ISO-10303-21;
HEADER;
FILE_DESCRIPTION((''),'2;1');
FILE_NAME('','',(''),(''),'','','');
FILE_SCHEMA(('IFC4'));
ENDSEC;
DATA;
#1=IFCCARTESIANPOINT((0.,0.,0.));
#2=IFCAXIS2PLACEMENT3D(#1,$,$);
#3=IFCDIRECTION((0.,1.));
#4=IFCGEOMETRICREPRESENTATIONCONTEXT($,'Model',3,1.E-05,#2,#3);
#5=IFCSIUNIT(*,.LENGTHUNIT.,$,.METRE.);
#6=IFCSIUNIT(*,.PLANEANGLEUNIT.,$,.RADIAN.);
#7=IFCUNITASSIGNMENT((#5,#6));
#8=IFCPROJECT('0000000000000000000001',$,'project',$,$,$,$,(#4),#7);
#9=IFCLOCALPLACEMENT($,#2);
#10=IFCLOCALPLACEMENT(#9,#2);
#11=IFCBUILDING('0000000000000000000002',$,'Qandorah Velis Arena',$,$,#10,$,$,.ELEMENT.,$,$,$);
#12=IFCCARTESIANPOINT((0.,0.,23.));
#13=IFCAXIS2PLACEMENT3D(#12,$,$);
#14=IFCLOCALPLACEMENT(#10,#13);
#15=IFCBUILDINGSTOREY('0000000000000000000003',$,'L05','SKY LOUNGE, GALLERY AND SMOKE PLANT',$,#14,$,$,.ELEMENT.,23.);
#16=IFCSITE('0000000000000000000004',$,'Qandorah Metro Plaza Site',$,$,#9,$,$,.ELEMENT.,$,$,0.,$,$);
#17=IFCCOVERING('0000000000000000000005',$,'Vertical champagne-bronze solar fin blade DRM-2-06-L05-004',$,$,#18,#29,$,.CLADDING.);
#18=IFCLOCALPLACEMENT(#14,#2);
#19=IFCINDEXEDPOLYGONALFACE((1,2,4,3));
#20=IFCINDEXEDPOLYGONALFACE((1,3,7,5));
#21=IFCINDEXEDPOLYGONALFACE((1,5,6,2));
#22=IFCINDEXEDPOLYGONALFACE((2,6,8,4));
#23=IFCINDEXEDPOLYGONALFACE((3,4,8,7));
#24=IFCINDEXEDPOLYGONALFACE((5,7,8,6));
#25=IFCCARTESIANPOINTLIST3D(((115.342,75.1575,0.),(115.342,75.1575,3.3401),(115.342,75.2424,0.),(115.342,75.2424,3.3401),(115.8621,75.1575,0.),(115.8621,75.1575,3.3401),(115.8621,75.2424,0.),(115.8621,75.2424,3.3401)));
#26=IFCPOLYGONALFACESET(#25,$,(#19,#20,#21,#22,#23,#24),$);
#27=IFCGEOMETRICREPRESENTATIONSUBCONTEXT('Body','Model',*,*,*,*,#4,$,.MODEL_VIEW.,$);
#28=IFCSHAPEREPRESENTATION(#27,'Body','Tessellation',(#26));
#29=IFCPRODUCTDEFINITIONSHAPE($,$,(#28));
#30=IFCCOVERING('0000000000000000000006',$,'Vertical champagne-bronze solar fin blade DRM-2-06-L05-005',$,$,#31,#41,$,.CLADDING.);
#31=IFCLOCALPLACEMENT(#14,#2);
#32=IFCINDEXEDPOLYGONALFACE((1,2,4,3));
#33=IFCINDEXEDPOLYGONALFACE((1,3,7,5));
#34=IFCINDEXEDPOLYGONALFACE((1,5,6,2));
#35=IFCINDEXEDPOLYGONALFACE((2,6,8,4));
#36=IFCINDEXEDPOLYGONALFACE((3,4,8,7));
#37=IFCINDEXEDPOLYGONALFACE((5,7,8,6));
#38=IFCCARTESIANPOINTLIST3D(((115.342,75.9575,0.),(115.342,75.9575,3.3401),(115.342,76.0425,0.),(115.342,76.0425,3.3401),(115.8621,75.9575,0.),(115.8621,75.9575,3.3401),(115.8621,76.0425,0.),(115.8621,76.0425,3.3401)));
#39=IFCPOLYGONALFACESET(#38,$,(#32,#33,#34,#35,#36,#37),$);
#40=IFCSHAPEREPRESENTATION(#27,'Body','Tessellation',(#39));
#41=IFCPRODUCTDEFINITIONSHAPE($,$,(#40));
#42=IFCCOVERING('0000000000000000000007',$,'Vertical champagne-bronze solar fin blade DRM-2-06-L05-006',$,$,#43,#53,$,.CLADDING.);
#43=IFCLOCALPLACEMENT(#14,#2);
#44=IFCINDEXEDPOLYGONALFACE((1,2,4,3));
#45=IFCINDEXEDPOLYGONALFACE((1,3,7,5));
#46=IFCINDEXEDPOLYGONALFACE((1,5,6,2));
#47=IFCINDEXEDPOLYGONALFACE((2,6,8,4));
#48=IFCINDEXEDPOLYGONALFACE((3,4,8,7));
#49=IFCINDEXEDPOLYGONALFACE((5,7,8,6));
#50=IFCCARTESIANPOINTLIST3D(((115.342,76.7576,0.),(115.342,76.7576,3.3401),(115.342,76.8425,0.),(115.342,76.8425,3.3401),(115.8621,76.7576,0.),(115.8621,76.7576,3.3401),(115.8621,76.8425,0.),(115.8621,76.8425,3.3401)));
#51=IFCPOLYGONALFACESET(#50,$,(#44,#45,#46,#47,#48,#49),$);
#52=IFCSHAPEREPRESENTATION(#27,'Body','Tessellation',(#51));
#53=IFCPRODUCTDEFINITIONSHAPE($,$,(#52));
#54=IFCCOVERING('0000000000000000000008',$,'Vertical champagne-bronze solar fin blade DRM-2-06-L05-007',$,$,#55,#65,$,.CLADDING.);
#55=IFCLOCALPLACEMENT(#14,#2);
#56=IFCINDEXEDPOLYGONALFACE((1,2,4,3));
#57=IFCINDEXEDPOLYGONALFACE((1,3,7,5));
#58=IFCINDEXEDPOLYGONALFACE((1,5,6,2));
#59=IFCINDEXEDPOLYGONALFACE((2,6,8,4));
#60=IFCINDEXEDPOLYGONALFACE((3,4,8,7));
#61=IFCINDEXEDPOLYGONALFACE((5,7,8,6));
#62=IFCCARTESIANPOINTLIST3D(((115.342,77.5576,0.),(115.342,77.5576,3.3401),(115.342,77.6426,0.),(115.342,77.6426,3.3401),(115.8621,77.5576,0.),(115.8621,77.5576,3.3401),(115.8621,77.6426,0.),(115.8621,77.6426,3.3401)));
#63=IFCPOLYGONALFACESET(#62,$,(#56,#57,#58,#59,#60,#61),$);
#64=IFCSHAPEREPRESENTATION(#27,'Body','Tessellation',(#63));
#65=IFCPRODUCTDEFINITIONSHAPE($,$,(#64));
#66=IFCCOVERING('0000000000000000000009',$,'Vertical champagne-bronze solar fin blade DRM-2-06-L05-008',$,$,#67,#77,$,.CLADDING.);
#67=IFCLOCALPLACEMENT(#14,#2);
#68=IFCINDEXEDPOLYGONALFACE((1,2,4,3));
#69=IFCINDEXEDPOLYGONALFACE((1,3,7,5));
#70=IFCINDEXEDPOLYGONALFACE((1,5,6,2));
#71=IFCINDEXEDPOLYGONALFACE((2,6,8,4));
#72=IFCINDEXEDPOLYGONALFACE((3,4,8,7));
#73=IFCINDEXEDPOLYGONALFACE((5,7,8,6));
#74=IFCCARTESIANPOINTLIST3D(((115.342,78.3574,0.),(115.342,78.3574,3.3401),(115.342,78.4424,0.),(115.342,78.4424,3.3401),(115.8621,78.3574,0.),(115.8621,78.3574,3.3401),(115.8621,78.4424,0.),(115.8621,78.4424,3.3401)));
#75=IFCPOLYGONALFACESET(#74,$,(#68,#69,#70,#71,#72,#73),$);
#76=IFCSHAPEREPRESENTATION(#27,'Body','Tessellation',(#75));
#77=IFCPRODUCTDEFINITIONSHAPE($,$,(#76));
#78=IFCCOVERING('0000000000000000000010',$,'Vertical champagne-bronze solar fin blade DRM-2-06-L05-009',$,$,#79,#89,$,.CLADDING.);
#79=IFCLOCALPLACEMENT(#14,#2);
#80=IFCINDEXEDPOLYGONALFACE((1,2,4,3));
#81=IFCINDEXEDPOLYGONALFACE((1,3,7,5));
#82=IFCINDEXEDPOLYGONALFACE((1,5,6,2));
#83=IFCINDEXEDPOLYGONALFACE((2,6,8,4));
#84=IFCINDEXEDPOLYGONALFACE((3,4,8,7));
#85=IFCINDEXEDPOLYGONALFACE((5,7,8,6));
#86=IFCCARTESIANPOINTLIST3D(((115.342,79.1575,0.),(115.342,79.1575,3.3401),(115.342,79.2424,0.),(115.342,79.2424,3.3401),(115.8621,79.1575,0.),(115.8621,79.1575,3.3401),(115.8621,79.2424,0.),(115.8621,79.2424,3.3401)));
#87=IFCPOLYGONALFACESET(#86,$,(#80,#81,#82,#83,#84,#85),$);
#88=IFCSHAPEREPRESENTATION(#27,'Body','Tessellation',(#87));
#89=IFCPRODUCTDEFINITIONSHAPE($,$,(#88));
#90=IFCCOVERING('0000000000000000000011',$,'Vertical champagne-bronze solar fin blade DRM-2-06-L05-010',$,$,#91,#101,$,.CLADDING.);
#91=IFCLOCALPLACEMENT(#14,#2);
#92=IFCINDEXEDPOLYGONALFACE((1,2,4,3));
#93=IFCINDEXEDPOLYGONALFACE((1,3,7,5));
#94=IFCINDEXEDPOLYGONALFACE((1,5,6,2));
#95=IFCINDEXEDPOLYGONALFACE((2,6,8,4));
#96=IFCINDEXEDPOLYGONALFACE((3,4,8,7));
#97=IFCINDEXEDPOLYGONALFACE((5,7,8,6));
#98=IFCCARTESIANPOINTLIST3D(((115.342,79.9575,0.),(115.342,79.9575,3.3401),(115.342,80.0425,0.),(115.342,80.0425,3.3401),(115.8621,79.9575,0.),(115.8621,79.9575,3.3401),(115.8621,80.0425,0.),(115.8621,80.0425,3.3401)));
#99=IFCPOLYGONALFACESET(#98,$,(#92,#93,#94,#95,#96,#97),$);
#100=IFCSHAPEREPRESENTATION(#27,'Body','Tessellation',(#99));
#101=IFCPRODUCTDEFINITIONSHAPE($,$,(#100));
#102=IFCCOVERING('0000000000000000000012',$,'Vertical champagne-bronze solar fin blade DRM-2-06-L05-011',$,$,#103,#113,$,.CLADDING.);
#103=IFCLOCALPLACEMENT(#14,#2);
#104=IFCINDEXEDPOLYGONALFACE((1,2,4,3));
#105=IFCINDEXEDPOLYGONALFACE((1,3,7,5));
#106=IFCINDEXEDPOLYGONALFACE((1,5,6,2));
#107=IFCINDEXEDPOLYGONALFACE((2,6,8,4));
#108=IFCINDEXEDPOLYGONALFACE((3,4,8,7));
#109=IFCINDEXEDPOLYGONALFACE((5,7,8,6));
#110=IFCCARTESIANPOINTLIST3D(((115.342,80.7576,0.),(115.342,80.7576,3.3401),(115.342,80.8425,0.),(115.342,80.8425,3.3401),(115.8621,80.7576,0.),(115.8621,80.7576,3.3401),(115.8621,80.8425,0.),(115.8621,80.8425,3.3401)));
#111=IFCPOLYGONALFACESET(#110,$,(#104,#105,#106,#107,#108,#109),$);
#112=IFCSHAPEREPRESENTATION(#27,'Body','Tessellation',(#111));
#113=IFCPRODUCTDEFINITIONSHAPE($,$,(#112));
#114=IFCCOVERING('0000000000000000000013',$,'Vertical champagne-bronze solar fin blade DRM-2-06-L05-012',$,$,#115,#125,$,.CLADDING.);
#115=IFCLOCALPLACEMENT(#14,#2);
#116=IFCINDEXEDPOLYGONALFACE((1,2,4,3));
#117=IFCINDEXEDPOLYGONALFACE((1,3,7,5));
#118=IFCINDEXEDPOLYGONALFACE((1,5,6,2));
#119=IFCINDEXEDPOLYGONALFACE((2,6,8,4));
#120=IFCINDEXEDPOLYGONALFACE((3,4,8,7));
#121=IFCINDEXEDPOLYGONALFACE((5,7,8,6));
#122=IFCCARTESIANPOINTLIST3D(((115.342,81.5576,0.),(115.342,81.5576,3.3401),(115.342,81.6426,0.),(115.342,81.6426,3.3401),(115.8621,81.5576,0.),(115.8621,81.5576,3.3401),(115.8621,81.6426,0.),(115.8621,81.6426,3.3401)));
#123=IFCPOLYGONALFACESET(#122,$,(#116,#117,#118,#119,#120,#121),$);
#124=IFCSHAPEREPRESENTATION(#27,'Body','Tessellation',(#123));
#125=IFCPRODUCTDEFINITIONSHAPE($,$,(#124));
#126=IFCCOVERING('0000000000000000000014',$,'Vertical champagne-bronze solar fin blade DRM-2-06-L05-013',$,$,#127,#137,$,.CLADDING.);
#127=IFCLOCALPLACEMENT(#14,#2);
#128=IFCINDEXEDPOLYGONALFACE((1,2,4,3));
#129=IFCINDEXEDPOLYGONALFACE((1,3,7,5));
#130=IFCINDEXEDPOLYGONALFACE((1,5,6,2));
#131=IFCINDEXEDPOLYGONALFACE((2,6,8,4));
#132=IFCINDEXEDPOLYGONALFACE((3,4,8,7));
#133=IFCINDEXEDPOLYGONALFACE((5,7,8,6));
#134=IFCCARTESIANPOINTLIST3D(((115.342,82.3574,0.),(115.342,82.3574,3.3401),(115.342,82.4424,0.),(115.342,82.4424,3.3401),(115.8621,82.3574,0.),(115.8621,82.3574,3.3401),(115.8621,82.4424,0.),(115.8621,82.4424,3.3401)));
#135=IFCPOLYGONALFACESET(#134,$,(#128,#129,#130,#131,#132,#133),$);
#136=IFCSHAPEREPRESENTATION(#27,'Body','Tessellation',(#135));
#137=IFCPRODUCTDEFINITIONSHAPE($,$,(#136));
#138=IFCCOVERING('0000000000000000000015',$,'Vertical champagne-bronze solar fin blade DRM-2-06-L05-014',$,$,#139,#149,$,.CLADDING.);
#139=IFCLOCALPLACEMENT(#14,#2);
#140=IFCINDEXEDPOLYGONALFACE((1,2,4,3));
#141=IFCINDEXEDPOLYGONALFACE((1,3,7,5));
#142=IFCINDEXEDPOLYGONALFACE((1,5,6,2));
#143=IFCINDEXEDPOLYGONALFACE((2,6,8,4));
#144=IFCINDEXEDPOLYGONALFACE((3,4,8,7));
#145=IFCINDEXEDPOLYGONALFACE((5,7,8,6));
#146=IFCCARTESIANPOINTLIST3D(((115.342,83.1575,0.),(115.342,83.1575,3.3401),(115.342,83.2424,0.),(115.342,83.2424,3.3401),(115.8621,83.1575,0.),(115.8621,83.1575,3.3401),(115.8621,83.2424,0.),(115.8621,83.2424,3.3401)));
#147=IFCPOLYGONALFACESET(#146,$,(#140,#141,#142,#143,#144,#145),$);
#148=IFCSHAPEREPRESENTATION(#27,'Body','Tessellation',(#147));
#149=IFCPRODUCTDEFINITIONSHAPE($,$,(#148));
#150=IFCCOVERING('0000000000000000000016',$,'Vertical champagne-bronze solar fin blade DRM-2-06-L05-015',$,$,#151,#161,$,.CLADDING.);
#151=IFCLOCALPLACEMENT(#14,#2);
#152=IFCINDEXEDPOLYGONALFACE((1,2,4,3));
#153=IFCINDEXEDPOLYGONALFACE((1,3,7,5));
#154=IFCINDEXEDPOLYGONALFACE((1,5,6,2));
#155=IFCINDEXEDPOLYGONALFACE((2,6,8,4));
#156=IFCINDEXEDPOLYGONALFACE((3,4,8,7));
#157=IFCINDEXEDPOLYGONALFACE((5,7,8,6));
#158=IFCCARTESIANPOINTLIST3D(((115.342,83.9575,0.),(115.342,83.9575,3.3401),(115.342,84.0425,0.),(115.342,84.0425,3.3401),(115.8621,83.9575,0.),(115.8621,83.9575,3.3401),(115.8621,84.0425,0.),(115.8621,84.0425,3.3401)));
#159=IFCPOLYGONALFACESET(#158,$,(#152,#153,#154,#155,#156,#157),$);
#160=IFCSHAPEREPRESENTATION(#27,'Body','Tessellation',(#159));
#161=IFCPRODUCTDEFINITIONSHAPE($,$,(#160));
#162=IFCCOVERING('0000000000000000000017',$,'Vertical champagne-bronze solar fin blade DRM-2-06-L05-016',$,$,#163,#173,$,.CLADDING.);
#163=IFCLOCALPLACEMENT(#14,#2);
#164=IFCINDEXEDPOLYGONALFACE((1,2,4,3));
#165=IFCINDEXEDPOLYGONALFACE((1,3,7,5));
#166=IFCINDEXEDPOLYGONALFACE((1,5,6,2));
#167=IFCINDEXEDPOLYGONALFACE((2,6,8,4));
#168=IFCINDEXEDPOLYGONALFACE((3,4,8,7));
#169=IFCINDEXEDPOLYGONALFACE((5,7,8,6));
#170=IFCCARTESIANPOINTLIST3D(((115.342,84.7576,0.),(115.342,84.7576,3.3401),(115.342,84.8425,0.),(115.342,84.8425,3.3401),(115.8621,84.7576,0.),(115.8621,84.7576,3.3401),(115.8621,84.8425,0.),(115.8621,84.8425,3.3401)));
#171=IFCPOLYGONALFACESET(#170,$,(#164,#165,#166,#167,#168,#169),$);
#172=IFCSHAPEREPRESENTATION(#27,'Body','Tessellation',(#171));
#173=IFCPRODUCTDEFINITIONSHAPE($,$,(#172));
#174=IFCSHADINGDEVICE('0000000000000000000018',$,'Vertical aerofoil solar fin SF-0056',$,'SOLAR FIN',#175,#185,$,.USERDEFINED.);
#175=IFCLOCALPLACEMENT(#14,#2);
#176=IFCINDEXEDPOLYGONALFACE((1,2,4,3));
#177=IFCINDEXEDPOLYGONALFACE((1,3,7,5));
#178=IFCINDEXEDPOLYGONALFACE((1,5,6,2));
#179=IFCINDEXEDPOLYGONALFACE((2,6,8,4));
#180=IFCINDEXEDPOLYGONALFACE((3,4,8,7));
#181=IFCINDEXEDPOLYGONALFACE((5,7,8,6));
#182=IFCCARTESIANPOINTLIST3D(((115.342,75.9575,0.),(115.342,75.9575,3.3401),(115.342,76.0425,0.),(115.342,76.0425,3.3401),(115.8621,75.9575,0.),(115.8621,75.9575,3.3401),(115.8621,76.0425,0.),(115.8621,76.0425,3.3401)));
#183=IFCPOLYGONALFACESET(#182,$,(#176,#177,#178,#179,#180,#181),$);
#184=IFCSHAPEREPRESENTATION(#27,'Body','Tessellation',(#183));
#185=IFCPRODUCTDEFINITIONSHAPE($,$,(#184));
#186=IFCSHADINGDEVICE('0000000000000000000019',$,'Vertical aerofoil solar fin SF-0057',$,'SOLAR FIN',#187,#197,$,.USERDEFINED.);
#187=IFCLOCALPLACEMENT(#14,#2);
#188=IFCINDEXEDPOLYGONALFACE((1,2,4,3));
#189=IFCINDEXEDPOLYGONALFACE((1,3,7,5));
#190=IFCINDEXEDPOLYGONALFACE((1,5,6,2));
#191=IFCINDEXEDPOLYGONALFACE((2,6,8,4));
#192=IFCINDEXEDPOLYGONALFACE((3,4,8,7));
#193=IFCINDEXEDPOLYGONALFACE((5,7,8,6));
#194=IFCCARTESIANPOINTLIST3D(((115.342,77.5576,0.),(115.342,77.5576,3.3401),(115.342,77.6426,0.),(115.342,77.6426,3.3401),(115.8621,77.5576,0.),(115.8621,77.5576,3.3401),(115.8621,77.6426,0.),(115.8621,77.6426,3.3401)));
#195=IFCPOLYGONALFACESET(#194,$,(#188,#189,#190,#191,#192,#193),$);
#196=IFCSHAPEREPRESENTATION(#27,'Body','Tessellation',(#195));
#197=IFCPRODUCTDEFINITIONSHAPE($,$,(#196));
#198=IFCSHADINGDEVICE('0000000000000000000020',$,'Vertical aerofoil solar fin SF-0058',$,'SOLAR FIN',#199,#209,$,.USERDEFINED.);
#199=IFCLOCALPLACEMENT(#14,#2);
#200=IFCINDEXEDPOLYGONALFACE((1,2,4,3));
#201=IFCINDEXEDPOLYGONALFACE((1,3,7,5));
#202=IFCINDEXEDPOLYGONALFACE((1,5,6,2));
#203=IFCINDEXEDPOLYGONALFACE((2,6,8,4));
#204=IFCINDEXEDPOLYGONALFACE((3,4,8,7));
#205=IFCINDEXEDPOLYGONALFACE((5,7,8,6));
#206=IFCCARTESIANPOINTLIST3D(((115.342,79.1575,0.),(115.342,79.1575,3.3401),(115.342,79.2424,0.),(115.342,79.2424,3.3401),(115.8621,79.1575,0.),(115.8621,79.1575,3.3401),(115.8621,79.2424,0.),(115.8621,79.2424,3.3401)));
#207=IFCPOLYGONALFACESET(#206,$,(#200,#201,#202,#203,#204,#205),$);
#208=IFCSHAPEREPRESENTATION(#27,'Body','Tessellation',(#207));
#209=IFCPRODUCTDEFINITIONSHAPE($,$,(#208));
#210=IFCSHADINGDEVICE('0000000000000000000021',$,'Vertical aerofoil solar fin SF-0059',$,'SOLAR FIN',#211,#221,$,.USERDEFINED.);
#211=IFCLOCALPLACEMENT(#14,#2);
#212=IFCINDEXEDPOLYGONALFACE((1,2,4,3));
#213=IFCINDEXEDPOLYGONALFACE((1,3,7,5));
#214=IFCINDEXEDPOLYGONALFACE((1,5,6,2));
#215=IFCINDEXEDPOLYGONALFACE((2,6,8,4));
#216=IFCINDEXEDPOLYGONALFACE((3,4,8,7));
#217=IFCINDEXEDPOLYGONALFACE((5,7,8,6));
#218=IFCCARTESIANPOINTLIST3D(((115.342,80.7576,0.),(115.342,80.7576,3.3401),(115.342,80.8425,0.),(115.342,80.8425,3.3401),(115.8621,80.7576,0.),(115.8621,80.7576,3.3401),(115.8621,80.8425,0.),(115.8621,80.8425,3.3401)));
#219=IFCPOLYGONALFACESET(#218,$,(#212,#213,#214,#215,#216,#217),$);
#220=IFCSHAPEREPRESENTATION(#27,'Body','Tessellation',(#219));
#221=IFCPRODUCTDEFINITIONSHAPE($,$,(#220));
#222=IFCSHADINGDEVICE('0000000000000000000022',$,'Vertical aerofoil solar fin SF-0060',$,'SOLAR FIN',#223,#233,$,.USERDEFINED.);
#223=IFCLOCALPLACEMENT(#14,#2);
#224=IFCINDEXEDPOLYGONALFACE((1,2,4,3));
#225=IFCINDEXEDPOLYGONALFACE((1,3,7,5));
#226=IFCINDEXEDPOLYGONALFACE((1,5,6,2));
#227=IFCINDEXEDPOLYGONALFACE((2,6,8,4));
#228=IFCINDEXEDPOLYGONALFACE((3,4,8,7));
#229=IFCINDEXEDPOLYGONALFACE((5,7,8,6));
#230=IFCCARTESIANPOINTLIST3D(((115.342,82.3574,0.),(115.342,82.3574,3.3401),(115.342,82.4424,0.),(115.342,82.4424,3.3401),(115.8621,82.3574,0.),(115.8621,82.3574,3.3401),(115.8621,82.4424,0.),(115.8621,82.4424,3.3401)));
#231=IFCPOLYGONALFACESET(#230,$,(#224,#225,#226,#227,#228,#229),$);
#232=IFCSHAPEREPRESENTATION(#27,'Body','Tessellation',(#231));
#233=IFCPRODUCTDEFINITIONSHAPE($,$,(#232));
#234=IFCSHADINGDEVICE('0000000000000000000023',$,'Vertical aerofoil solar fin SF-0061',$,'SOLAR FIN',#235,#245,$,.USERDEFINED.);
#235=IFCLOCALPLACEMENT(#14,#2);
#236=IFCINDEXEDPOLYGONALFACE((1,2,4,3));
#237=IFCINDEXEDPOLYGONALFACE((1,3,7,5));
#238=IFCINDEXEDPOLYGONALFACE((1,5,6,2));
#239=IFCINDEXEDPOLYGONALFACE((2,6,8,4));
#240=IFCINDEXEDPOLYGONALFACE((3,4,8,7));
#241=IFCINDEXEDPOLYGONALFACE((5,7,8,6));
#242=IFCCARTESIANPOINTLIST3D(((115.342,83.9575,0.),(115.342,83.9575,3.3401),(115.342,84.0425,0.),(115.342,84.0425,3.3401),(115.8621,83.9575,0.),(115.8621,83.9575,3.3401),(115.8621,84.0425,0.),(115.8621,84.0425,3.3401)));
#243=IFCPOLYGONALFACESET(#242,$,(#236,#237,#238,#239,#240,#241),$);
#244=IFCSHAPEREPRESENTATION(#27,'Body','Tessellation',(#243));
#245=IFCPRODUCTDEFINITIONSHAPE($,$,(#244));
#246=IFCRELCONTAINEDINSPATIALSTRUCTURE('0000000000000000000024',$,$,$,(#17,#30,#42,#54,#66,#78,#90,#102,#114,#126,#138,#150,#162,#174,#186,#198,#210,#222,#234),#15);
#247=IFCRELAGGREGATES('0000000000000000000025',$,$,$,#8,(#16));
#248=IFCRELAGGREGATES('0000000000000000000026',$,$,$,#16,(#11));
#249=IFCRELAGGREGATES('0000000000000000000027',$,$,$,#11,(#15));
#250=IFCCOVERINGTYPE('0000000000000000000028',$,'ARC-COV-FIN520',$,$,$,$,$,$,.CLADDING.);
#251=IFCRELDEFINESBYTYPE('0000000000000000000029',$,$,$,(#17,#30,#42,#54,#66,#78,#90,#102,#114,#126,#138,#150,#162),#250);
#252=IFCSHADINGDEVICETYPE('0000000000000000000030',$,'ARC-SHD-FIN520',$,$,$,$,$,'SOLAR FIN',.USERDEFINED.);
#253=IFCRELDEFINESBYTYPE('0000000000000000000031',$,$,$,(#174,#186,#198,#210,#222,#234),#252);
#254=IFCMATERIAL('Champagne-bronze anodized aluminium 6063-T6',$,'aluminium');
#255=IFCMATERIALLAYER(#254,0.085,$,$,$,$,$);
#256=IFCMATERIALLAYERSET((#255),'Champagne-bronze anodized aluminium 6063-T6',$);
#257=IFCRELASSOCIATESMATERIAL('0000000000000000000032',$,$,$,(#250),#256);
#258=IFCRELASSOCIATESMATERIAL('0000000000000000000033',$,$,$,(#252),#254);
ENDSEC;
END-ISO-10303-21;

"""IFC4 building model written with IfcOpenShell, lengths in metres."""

from ifc_helpers import new_model, si_unit, direction, frame, origin, origin_2d, place, context, subcontext, project, spatial, rectangle, extrude, material, layer, layer_set, type_object, element, save


model = new_model("IFC4")

# Units and contexts
model_context = context("Model", 3, precision=1e-05, world=origin(), true_north=direction((0.0, 1.0)))
body_context = subcontext(model_context, "Body", "Model", "MODEL_VIEW")
ifc_project = project(units=[si_unit("LENGTHUNIT", "METRE"), si_unit("PLANEANGLEUNIT", "RADIAN")], contexts=[model_context])

# Site, building, storey
site_placement = place(None, origin())
site = spatial("IfcSite", under=ifc_project, at=site_placement, Name="Qandorah Metro Plaza Site", CompositionType="ELEMENT", RefElevation=0.0)
building_placement = place(site_placement, origin())
building = spatial("IfcBuilding", under=site, at=building_placement, Name="Qandorah Velis Arena", CompositionType="ELEMENT")
storey_placement = place(building_placement, frame((0.0, 0.0, 23.0)))
storey = spatial("IfcBuildingStorey", under=building, at=storey_placement, Name="L05", Description="SKY LOUNGE, GALLERY AND SMOKE PLANT", CompositionType="ELEMENT", Elevation=23.0)

# Coverings
ifc_material_1 = material(Name="Champagne-bronze anodized aluminium 6063-T6", Category="aluminium")
ifc_layer = layer(ifc_material_1, 0.085)
ifc_layer_set = layer_set([ifc_layer], Name="Champagne-bronze anodized aluminium 6063-T6")
covering_type = type_object("IfcCoveringType", Name="ARC-COV-FIN520", PredefinedType="CLADDING", material=ifc_layer_set)
for number, where, z_axis, x_axis, name in (
    (1, (115.6021, 75.2, 0.0), (0.0, 0.0, 1.0), (1.0, 0.0, 0.0), "Vertical champagne-bronze solar fin blade DRM-2-06-L05-004"),
    (2, (115.6021, 76.0, 0.0), (0.0, 0.0, 1.0), (1.0, 0.0, 0.0), "Vertical champagne-bronze solar fin blade DRM-2-06-L05-005"),
    (3, (115.6021, 76.8, 0.0), (0.0, 0.0, 1.0), (1.0, 0.0, 0.0), "Vertical champagne-bronze solar fin blade DRM-2-06-L05-006"),
    (4, (115.6021, 77.6001, 0.0), (0.0, 0.0, 1.0), (1.0, 0.0, 0.0), "Vertical champagne-bronze solar fin blade DRM-2-06-L05-007"),
    (5, (115.6021, 78.3999, 0.0), (0.0, 0.0, 1.0), (1.0, 0.0, 0.0), "Vertical champagne-bronze solar fin blade DRM-2-06-L05-008"),
    (6, (115.6021, 79.2, 0.0), (0.0, 0.0, 1.0), (1.0, 0.0, 0.0), "Vertical champagne-bronze solar fin blade DRM-2-06-L05-009"),
    (7, (115.6021, 80.0, 0.0), (0.0, 0.0, 1.0), (1.0, 0.0, 0.0), "Vertical champagne-bronze solar fin blade DRM-2-06-L05-010"),
    (8, (115.6021, 80.8, 0.0), (0.0, 0.0, 1.0), (1.0, 0.0, 0.0), "Vertical champagne-bronze solar fin blade DRM-2-06-L05-011"),
    (9, (115.6021, 81.6001, 0.0), (0.0, 0.0, 1.0), (1.0, 0.0, 0.0), "Vertical champagne-bronze solar fin blade DRM-2-06-L05-012"),
    (10, (115.6021, 82.3999, 0.0), (0.0, 0.0, 1.0), (1.0, 0.0, 0.0), "Vertical champagne-bronze solar fin blade DRM-2-06-L05-013"),
    (11, (115.6021, 83.2, 0.0), (0.0, 0.0, 1.0), (1.0, 0.0, 0.0), "Vertical champagne-bronze solar fin blade DRM-2-06-L05-014"),
    (12, (115.6021, 84.0, 0.0), (0.0, 0.0, 1.0), (1.0, 0.0, 0.0), "Vertical champagne-bronze solar fin blade DRM-2-06-L05-015"),
    (13, (115.6021, 84.8, 0.0), (0.0, 0.0, 1.0), (1.0, 0.0, 0.0), "Vertical champagne-bronze solar fin blade DRM-2-06-L05-016"),
):
    element("IfcCovering", number, at=place(storey_placement, frame(where, z_axis=z_axis, x_axis=x_axis)), inside=storey, type_object=covering_type, Name=name, PredefinedType="CLADDING", context=body_context, shape_type="SweptSolid", body=[
        extrude(rectangle(XDim=0.52, YDim=0.085, at=origin_2d()), origin(), (0.0, 0.0, 1.0), 3.3401),
    ])

# Shading devices
shading_device_type = type_object("IfcShadingDeviceType", Name="ARC-SHD-FIN520", ElementType="SOLAR FIN", PredefinedType="USERDEFINED", material=ifc_material_1)
for number, where, z_axis, x_axis, name in (
    (14, (115.6021, 76.0, 0.0), (0.0, 0.0, 1.0), (1.0, 0.0, 0.0), "Vertical aerofoil solar fin SF-0056"),
    (15, (115.6021, 77.6001, 0.0), (0.0, 0.0, 1.0), (1.0, 0.0, 0.0), "Vertical aerofoil solar fin SF-0057"),
    (16, (115.6021, 79.2, 0.0), (0.0, 0.0, 1.0), (1.0, 0.0, 0.0), "Vertical aerofoil solar fin SF-0058"),
    (17, (115.6021, 80.8, 0.0), (0.0, 0.0, 1.0), (1.0, 0.0, 0.0), "Vertical aerofoil solar fin SF-0059"),
    (18, (115.6021, 82.3999, 0.0), (0.0, 0.0, 1.0), (1.0, 0.0, 0.0), "Vertical aerofoil solar fin SF-0060"),
    (19, (115.6021, 84.0, 0.0), (0.0, 0.0, 1.0), (1.0, 0.0, 0.0), "Vertical aerofoil solar fin SF-0061"),
):
    element("IfcShadingDevice", number, at=place(storey_placement, frame(where, z_axis=z_axis, x_axis=x_axis)), inside=storey, type_object=shading_device_type, Name=name, ObjectType="SOLAR FIN", PredefinedType="USERDEFINED", context=body_context, shape_type="SweptSolid", body=[
        extrude(rectangle(XDim=0.52, YDim=0.085, at=origin_2d()), origin(), (0.0, 0.0, 1.0), 3.3401),
    ])

save(model, "model.ifc")
